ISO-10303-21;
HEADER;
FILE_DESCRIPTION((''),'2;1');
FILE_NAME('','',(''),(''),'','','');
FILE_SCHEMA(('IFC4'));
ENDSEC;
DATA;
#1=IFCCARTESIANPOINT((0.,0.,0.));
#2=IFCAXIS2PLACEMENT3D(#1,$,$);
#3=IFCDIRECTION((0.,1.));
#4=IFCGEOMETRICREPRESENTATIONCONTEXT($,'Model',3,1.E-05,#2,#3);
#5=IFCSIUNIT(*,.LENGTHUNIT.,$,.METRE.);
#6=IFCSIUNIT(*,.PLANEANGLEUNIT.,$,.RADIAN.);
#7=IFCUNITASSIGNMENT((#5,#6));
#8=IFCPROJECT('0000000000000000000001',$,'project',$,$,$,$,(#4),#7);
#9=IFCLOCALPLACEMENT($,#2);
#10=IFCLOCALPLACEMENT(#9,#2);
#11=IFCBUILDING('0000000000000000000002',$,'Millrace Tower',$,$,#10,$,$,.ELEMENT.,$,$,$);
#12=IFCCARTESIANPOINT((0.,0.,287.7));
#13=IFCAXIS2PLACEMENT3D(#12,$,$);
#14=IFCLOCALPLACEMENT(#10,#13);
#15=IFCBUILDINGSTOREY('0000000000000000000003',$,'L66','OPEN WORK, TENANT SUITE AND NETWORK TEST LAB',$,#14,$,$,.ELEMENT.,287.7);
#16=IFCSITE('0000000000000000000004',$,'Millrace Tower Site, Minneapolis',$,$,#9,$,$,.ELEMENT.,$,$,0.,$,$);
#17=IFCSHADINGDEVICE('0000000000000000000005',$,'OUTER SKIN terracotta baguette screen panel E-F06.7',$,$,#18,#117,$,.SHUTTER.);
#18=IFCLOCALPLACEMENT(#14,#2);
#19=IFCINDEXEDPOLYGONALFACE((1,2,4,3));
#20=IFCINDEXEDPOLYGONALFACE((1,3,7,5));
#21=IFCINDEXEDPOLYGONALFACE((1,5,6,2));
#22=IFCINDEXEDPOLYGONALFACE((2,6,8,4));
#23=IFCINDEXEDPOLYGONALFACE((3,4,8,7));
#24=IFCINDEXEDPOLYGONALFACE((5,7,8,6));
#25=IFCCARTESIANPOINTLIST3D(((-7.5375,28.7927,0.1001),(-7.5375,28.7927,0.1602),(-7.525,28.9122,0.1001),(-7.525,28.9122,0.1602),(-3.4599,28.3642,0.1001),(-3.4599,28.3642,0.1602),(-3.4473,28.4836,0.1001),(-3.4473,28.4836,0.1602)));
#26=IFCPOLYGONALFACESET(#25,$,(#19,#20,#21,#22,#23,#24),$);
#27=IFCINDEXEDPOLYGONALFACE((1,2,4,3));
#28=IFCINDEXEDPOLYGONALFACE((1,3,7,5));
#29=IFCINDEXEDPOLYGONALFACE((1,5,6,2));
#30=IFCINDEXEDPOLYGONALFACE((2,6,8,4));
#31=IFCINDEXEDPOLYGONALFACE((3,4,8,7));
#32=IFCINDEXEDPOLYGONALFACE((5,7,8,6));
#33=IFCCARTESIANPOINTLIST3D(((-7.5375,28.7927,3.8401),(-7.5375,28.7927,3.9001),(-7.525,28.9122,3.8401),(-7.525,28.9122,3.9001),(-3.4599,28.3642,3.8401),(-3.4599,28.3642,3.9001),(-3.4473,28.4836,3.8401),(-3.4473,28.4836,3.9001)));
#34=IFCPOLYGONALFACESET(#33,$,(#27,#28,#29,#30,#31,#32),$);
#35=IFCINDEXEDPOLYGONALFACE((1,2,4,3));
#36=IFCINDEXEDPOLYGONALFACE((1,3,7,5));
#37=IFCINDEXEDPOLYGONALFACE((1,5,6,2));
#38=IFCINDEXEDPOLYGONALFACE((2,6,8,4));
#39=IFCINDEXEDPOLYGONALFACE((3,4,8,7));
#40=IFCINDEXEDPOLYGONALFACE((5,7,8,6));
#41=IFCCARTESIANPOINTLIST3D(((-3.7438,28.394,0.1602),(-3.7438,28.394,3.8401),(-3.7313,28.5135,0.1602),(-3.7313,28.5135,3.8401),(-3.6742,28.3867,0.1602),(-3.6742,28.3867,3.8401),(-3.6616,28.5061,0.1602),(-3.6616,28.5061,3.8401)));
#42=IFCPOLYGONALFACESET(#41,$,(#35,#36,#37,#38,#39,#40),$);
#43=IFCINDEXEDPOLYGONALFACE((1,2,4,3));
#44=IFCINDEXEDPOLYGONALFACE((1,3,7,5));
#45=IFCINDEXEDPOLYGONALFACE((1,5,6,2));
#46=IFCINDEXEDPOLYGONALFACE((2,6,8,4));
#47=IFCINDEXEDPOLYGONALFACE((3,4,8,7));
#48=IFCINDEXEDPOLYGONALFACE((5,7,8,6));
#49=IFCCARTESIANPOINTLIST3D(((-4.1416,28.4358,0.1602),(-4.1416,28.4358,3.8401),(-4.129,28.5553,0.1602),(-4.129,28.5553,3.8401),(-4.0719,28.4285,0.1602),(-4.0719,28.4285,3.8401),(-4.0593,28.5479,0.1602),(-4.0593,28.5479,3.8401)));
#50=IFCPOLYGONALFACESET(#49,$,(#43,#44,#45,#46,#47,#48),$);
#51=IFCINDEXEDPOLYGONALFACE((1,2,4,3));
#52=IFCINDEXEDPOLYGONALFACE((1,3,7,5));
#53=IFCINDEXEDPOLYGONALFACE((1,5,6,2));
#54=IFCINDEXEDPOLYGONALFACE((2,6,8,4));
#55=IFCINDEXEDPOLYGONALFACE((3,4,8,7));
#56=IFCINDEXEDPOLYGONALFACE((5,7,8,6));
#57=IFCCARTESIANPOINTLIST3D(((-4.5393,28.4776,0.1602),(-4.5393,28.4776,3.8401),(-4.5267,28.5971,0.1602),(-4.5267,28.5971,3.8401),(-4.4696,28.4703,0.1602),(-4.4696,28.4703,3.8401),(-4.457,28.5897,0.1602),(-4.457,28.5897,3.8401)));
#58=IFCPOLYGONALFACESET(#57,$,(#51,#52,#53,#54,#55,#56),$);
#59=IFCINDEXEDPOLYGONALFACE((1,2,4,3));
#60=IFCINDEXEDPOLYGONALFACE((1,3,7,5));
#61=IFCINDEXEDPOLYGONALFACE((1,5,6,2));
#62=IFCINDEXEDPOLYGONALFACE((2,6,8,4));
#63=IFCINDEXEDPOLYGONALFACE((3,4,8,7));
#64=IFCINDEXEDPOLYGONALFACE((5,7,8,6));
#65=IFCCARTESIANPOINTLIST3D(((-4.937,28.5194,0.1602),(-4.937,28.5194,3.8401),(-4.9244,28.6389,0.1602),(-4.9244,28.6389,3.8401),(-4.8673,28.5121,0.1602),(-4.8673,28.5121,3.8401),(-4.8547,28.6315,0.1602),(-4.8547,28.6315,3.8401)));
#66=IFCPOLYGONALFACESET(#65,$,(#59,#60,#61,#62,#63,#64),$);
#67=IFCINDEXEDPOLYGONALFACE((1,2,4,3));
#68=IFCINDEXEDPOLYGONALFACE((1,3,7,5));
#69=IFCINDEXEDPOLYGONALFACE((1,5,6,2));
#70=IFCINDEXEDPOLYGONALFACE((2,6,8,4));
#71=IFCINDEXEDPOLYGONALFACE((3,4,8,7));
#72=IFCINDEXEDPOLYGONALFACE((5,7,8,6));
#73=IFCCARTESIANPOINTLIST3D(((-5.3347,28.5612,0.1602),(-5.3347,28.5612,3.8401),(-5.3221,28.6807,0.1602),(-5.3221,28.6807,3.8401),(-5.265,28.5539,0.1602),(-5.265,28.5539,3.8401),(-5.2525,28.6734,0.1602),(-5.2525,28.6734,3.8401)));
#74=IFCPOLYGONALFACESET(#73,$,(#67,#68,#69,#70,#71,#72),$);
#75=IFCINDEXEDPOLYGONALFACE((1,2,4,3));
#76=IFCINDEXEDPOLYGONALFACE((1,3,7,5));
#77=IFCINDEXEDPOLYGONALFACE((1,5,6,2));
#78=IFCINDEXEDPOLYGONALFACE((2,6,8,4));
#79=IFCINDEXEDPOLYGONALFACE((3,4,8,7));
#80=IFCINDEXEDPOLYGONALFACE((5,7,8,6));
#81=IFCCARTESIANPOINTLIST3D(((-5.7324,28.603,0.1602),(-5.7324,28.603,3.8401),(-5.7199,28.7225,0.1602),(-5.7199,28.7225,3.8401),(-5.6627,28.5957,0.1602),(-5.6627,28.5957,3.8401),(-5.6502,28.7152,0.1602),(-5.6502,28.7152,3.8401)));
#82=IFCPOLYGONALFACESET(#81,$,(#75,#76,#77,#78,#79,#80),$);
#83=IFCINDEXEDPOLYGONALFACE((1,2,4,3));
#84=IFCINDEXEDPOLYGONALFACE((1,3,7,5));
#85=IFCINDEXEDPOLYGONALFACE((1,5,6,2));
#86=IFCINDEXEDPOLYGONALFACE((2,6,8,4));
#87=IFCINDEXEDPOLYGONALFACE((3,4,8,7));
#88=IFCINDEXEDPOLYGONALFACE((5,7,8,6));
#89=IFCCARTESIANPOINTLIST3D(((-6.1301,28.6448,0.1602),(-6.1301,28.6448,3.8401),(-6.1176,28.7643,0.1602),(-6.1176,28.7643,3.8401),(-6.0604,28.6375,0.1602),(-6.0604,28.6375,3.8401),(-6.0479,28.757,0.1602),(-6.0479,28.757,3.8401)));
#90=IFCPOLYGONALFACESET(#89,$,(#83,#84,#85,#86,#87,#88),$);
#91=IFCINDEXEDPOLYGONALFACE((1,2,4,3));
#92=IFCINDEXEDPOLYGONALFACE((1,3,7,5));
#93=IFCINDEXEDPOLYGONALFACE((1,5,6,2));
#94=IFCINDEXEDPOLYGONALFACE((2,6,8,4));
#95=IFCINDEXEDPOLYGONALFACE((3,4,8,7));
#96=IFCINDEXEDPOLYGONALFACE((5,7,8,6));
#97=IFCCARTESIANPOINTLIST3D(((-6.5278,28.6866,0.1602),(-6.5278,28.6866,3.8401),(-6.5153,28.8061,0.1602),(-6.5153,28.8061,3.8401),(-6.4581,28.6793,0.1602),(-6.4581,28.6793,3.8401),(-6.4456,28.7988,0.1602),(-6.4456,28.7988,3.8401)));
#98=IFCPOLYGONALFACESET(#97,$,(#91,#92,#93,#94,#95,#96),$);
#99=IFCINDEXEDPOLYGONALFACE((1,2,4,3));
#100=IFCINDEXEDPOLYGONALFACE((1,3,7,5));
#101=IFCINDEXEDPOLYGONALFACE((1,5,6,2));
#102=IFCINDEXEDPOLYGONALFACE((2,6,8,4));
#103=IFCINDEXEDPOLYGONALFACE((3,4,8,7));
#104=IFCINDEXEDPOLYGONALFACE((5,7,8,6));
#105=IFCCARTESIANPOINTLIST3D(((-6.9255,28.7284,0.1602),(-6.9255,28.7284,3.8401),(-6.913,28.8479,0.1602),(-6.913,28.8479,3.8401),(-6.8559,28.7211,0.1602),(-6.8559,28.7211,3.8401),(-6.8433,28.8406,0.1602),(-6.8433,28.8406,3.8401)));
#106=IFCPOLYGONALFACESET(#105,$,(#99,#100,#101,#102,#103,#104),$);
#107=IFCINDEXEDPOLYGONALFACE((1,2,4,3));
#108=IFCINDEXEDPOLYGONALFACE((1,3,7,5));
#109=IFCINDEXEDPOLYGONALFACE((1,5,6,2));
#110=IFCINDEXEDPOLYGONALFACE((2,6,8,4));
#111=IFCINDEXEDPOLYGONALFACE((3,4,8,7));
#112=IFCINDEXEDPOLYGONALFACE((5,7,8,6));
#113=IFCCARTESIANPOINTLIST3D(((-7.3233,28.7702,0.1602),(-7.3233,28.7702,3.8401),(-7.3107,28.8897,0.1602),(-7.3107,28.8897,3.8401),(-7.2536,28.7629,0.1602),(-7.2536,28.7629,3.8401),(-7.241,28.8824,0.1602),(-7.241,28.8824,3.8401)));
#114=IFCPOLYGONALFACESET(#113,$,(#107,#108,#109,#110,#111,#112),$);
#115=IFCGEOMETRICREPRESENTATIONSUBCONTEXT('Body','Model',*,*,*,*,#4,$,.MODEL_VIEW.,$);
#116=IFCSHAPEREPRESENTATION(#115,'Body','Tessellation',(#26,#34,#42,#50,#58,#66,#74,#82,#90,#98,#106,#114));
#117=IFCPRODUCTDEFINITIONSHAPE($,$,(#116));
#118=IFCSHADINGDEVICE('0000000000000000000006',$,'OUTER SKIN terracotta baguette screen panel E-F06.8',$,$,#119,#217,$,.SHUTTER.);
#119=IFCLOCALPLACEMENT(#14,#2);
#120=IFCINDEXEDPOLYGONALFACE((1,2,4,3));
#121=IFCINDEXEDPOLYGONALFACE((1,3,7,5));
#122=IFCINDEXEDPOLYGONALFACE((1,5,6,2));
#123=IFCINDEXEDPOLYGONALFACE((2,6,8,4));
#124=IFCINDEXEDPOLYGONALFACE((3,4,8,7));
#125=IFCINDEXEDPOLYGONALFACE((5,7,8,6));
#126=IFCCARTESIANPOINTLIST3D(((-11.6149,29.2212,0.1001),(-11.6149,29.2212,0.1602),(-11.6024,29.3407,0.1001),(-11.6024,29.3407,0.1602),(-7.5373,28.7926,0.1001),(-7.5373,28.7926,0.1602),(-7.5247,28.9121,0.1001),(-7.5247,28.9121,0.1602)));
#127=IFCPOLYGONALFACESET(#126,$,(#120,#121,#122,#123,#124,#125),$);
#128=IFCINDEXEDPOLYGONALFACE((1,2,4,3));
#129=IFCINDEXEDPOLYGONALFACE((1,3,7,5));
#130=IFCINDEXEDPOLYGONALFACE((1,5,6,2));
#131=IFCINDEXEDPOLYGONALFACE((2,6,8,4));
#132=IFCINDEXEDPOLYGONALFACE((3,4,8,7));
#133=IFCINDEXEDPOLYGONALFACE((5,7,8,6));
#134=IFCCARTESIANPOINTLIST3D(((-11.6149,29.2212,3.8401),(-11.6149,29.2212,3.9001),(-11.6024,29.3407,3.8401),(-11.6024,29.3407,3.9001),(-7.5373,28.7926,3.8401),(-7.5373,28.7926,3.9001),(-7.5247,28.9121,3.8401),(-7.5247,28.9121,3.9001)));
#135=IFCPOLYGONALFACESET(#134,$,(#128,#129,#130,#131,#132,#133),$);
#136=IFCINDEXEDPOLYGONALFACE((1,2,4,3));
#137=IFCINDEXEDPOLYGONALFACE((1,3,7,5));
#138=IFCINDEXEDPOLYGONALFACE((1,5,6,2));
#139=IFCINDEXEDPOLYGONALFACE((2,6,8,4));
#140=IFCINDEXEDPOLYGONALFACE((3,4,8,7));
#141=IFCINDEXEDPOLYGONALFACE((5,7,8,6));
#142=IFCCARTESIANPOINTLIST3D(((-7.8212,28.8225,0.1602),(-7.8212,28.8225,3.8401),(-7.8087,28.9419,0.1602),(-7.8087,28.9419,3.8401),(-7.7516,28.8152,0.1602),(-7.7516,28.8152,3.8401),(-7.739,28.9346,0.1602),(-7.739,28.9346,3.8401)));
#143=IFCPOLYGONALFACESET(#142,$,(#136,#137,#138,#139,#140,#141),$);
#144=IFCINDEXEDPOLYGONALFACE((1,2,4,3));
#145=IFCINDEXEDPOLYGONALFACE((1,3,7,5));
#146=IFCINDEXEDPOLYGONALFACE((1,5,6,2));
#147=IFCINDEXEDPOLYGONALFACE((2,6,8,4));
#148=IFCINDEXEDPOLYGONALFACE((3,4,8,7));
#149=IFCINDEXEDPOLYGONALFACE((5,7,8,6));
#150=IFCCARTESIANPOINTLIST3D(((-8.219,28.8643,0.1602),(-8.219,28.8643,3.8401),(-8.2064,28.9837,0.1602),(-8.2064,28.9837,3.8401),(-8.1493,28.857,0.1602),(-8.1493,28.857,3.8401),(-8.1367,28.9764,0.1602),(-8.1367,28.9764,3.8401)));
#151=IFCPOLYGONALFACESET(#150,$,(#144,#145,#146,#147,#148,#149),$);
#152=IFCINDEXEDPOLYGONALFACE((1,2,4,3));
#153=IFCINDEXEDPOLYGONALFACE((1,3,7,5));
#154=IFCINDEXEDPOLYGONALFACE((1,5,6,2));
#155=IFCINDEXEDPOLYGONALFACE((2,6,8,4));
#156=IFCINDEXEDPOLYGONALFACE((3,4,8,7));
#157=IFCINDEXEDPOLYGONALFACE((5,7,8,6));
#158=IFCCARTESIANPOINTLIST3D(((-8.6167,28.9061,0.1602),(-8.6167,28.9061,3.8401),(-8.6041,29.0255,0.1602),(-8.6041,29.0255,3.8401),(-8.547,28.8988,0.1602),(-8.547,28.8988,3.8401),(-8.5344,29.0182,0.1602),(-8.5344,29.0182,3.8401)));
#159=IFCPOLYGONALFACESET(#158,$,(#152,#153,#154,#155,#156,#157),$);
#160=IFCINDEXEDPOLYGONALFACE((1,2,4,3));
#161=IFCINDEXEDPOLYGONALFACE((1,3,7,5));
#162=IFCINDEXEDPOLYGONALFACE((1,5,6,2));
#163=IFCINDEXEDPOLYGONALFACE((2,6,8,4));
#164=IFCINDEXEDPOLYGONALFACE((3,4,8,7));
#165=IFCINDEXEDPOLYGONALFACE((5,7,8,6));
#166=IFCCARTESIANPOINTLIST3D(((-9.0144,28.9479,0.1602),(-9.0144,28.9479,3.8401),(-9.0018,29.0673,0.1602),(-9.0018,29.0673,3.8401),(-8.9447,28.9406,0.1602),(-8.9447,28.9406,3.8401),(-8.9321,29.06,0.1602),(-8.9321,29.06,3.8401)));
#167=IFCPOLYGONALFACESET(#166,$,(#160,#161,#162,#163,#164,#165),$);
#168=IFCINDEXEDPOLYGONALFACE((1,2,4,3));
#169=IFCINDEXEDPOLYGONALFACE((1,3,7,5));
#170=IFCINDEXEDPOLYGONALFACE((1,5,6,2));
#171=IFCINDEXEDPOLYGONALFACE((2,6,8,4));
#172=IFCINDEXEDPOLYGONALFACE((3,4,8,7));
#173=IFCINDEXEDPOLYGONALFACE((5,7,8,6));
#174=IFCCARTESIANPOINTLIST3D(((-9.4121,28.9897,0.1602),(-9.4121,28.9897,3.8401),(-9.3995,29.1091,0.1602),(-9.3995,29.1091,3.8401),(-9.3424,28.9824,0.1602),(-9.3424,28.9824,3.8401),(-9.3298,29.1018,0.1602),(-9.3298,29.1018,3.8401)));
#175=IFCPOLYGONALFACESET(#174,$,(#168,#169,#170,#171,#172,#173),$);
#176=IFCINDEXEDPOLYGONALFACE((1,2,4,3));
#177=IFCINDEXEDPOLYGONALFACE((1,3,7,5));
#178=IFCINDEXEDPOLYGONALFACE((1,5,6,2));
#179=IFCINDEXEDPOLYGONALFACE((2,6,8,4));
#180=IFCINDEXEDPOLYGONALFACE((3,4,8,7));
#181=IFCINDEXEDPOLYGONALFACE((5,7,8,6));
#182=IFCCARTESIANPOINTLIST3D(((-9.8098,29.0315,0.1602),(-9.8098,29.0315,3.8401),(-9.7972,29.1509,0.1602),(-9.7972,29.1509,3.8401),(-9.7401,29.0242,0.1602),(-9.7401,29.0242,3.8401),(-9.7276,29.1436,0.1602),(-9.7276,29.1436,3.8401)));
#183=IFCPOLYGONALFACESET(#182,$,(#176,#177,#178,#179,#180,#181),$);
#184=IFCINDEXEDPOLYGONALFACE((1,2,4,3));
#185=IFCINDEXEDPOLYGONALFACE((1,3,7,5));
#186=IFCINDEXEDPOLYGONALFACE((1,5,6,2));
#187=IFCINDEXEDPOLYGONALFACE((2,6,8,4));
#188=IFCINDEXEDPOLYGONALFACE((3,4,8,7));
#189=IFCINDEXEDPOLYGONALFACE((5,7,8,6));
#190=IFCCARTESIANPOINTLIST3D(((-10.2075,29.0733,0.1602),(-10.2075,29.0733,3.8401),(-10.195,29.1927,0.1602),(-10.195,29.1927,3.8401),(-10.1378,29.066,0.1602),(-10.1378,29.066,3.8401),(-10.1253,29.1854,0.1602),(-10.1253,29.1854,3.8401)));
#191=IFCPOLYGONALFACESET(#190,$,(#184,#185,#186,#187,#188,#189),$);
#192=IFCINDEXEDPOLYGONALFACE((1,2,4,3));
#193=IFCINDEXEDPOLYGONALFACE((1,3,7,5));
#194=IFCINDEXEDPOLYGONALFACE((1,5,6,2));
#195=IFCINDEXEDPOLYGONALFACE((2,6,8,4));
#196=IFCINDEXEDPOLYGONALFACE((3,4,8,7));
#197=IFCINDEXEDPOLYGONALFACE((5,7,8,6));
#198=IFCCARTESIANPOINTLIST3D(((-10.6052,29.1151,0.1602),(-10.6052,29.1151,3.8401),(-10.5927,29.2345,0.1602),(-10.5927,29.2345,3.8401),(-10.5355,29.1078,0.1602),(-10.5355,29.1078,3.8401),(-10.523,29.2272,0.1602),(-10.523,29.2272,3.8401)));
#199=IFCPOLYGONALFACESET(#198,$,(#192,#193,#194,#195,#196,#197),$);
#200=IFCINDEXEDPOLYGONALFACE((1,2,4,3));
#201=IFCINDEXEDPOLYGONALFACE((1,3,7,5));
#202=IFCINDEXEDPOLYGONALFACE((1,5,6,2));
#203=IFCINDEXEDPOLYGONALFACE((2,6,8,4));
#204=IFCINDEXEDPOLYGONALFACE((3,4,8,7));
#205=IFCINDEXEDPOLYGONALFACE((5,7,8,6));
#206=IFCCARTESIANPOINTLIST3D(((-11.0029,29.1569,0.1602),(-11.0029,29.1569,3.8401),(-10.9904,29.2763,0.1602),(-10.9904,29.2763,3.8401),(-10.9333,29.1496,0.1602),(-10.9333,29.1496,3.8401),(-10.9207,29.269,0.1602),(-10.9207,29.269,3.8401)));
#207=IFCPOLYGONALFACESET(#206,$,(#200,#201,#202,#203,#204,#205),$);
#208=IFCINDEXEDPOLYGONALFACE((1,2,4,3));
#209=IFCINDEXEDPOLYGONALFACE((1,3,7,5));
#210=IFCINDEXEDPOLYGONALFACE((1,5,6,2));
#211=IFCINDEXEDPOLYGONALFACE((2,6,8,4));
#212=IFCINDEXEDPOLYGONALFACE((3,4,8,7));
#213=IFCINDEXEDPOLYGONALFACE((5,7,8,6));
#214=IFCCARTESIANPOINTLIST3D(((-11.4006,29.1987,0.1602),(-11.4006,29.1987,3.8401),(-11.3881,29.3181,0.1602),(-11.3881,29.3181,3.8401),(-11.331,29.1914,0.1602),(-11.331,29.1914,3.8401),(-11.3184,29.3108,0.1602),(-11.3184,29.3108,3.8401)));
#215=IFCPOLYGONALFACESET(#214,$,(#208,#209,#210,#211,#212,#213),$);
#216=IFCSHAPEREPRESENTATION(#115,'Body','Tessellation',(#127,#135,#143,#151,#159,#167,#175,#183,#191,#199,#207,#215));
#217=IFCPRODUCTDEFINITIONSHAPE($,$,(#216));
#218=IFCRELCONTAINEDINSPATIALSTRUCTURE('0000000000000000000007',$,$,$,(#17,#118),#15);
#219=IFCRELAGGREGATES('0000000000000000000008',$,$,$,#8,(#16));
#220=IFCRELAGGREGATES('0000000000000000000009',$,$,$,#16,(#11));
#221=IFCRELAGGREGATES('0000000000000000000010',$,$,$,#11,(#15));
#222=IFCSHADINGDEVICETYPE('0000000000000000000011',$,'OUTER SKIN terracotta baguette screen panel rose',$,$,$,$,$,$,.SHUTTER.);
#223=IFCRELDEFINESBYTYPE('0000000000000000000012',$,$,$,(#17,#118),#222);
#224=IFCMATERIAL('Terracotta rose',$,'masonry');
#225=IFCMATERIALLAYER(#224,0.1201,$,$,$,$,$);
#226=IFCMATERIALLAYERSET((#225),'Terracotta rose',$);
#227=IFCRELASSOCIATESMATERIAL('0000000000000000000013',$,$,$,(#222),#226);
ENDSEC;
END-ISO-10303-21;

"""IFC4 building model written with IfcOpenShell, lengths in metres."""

from ifc_helpers import new_model, entity, si_unit, direction, frame, frame_2d, origin, place, context, subcontext, project, spatial, rectangle, extrude, source, transform, mapped, material, layer, layer_set, type_object, element, save


model = new_model("IFC4")

# Units and contexts
model_context = context("Model", 3, precision=1e-05, world=origin(), true_north=direction((0.0, 1.0)))
body_context = subcontext(model_context, "Body", "Model", "MODEL_VIEW")
ifc_project = project(units=[si_unit("LENGTHUNIT", "METRE"), si_unit("PLANEANGLEUNIT", "RADIAN")], contexts=[model_context])

# Site, building, storey
site_placement = place(None, origin())
site = spatial("IfcSite", under=ifc_project, at=site_placement, Name="Millrace Tower Site, Minneapolis", CompositionType="ELEMENT", RefElevation=0.0)
building_placement = place(site_placement, origin())
building = spatial("IfcBuilding", under=site, at=building_placement, Name="Millrace Tower", CompositionType="ELEMENT")
storey_placement = place(building_placement, frame((0.0, 0.0, 287.7)))
storey = spatial("IfcBuildingStorey", under=building, at=storey_placement, Name="L66", Description="OPEN WORK, TENANT SUITE AND NETWORK TEST LAB", CompositionType="ELEMENT", Elevation=287.7)

# Shading devices
ifc_material_1 = material(Name="Terracotta rose", Category="masonry")
ifc_layer_1 = layer(ifc_material_1, 0.1201)
ifc_layer_set_1 = layer_set([ifc_layer_1], Name="Terracotta rose")
shading_device_type = type_object("IfcShadingDeviceType", Name="OUTER SKIN terracotta baguette screen panel rose", PredefinedType="SHUTTER", material=ifc_layer_set_1)
cartesian_point_1 = entity("IfcCartesianPoint", [-2.05, 0.0601])
shared_polyline_1 = entity("IfcPolyline", [cartesian_point_1, entity("IfcCartesianPoint", [2.05, 0.0601]), entity("IfcCartesianPoint", [2.05, -0.0601]), entity("IfcCartesianPoint", [-2.05, -0.0601]), cartesian_point_1])
shared_shape_1 = source(origin(), body_context, "Body", "SweptSolid", [
    entity("IfcExtrudedAreaSolid", entity("IfcArbitraryClosedProfileDef", "AREA", None, shared_polyline_1), entity("IfcAxis2Placement3D", entity("IfcCartesianPoint", [0.0, 0.0, 0.0])), entity("IfcDirection", [0.0, 0.0, 1.0]), 0.0601),
    entity("IfcExtrudedAreaSolid", entity("IfcArbitraryClosedProfileDef", "AREA", None, shared_polyline_1), entity("IfcAxis2Placement3D", entity("IfcCartesianPoint", [0.0, 0.0, 3.74])), entity("IfcDirection", [0.0, 0.0, 1.0]), 0.0601),
    extrude(rectangle(XDim=0.0701, YDim=0.1201, at=frame_2d((-1.7996, 0.0))), frame((0.0, 0.0, 0.0601)), (0.0, 0.0, 1.0), 3.6799),
    extrude(rectangle(XDim=0.0701, YDim=0.1201, at=frame_2d((-1.3997, 0.0))), frame((0.0, 0.0, 0.0601)), (0.0, 0.0, 1.0), 3.6799),
    extrude(rectangle(XDim=0.0701, YDim=0.1201, at=frame_2d((-0.9998, 0.0))), frame((0.0, 0.0, 0.0601)), (0.0, 0.0, 1.0), 3.6799),
    extrude(rectangle(XDim=0.0701, YDim=0.1201, at=frame_2d((-0.5999, 0.0))), frame((0.0, 0.0, 0.0601)), (0.0, 0.0, 1.0), 3.6799),
    extrude(rectangle(XDim=0.0701, YDim=0.1201, at=frame_2d((-0.2, 0.0))), frame((0.0, 0.0, 0.0601)), (0.0, 0.0, 1.0), 3.6799),
    extrude(rectangle(XDim=0.0701, YDim=0.1201, at=frame_2d((0.2, 0.0))), frame((0.0, 0.0, 0.0601)), (0.0, 0.0, 1.0), 3.6799),
    extrude(rectangle(XDim=0.0701, YDim=0.1201, at=frame_2d((0.5999, 0.0))), frame((0.0, 0.0, 0.0601)), (0.0, 0.0, 1.0), 3.6799),
    extrude(rectangle(XDim=0.0701, YDim=0.1201, at=frame_2d((0.9998, 0.0))), frame((0.0, 0.0, 0.0601)), (0.0, 0.0, 1.0), 3.6799),
    extrude(rectangle(XDim=0.0701, YDim=0.1201, at=frame_2d((1.3997, 0.0))), frame((0.0, 0.0, 0.0601)), (0.0, 0.0, 1.0), 3.6799),
    extrude(rectangle(XDim=0.0701, YDim=0.1201, at=frame_2d((1.7996, 0.0))), frame((0.0, 0.0, 0.0601)), (0.0, 0.0, 1.0), 3.6799),
])
for number, where, z_axis, x_axis, name in (
    (1, (-5.4924, 28.6382, 0.1001), (0.0, 0.0, 1.0), (-0.994522, 0.104528, 0.0), "OUTER SKIN terracotta baguette screen panel E-F06.7"),
    (2, (-9.5698, 29.0667, 0.1001), (0.0, 0.0, 1.0), (-0.994522, 0.104528, 0.0), "OUTER SKIN terracotta baguette screen panel E-F06.8"),
):
    element("IfcShadingDevice", number, at=place(storey_placement, frame(where, z_axis=z_axis, x_axis=x_axis)), inside=storey, type_object=shading_device_type, Name=name, PredefinedType="SHUTTER", context=body_context, shape_type="MappedRepresentation", body=[
        mapped(shared_shape_1, transform((0.0, 0.0, 0.0), scale=1.0)),
    ])

save(model, "model.ifc")
